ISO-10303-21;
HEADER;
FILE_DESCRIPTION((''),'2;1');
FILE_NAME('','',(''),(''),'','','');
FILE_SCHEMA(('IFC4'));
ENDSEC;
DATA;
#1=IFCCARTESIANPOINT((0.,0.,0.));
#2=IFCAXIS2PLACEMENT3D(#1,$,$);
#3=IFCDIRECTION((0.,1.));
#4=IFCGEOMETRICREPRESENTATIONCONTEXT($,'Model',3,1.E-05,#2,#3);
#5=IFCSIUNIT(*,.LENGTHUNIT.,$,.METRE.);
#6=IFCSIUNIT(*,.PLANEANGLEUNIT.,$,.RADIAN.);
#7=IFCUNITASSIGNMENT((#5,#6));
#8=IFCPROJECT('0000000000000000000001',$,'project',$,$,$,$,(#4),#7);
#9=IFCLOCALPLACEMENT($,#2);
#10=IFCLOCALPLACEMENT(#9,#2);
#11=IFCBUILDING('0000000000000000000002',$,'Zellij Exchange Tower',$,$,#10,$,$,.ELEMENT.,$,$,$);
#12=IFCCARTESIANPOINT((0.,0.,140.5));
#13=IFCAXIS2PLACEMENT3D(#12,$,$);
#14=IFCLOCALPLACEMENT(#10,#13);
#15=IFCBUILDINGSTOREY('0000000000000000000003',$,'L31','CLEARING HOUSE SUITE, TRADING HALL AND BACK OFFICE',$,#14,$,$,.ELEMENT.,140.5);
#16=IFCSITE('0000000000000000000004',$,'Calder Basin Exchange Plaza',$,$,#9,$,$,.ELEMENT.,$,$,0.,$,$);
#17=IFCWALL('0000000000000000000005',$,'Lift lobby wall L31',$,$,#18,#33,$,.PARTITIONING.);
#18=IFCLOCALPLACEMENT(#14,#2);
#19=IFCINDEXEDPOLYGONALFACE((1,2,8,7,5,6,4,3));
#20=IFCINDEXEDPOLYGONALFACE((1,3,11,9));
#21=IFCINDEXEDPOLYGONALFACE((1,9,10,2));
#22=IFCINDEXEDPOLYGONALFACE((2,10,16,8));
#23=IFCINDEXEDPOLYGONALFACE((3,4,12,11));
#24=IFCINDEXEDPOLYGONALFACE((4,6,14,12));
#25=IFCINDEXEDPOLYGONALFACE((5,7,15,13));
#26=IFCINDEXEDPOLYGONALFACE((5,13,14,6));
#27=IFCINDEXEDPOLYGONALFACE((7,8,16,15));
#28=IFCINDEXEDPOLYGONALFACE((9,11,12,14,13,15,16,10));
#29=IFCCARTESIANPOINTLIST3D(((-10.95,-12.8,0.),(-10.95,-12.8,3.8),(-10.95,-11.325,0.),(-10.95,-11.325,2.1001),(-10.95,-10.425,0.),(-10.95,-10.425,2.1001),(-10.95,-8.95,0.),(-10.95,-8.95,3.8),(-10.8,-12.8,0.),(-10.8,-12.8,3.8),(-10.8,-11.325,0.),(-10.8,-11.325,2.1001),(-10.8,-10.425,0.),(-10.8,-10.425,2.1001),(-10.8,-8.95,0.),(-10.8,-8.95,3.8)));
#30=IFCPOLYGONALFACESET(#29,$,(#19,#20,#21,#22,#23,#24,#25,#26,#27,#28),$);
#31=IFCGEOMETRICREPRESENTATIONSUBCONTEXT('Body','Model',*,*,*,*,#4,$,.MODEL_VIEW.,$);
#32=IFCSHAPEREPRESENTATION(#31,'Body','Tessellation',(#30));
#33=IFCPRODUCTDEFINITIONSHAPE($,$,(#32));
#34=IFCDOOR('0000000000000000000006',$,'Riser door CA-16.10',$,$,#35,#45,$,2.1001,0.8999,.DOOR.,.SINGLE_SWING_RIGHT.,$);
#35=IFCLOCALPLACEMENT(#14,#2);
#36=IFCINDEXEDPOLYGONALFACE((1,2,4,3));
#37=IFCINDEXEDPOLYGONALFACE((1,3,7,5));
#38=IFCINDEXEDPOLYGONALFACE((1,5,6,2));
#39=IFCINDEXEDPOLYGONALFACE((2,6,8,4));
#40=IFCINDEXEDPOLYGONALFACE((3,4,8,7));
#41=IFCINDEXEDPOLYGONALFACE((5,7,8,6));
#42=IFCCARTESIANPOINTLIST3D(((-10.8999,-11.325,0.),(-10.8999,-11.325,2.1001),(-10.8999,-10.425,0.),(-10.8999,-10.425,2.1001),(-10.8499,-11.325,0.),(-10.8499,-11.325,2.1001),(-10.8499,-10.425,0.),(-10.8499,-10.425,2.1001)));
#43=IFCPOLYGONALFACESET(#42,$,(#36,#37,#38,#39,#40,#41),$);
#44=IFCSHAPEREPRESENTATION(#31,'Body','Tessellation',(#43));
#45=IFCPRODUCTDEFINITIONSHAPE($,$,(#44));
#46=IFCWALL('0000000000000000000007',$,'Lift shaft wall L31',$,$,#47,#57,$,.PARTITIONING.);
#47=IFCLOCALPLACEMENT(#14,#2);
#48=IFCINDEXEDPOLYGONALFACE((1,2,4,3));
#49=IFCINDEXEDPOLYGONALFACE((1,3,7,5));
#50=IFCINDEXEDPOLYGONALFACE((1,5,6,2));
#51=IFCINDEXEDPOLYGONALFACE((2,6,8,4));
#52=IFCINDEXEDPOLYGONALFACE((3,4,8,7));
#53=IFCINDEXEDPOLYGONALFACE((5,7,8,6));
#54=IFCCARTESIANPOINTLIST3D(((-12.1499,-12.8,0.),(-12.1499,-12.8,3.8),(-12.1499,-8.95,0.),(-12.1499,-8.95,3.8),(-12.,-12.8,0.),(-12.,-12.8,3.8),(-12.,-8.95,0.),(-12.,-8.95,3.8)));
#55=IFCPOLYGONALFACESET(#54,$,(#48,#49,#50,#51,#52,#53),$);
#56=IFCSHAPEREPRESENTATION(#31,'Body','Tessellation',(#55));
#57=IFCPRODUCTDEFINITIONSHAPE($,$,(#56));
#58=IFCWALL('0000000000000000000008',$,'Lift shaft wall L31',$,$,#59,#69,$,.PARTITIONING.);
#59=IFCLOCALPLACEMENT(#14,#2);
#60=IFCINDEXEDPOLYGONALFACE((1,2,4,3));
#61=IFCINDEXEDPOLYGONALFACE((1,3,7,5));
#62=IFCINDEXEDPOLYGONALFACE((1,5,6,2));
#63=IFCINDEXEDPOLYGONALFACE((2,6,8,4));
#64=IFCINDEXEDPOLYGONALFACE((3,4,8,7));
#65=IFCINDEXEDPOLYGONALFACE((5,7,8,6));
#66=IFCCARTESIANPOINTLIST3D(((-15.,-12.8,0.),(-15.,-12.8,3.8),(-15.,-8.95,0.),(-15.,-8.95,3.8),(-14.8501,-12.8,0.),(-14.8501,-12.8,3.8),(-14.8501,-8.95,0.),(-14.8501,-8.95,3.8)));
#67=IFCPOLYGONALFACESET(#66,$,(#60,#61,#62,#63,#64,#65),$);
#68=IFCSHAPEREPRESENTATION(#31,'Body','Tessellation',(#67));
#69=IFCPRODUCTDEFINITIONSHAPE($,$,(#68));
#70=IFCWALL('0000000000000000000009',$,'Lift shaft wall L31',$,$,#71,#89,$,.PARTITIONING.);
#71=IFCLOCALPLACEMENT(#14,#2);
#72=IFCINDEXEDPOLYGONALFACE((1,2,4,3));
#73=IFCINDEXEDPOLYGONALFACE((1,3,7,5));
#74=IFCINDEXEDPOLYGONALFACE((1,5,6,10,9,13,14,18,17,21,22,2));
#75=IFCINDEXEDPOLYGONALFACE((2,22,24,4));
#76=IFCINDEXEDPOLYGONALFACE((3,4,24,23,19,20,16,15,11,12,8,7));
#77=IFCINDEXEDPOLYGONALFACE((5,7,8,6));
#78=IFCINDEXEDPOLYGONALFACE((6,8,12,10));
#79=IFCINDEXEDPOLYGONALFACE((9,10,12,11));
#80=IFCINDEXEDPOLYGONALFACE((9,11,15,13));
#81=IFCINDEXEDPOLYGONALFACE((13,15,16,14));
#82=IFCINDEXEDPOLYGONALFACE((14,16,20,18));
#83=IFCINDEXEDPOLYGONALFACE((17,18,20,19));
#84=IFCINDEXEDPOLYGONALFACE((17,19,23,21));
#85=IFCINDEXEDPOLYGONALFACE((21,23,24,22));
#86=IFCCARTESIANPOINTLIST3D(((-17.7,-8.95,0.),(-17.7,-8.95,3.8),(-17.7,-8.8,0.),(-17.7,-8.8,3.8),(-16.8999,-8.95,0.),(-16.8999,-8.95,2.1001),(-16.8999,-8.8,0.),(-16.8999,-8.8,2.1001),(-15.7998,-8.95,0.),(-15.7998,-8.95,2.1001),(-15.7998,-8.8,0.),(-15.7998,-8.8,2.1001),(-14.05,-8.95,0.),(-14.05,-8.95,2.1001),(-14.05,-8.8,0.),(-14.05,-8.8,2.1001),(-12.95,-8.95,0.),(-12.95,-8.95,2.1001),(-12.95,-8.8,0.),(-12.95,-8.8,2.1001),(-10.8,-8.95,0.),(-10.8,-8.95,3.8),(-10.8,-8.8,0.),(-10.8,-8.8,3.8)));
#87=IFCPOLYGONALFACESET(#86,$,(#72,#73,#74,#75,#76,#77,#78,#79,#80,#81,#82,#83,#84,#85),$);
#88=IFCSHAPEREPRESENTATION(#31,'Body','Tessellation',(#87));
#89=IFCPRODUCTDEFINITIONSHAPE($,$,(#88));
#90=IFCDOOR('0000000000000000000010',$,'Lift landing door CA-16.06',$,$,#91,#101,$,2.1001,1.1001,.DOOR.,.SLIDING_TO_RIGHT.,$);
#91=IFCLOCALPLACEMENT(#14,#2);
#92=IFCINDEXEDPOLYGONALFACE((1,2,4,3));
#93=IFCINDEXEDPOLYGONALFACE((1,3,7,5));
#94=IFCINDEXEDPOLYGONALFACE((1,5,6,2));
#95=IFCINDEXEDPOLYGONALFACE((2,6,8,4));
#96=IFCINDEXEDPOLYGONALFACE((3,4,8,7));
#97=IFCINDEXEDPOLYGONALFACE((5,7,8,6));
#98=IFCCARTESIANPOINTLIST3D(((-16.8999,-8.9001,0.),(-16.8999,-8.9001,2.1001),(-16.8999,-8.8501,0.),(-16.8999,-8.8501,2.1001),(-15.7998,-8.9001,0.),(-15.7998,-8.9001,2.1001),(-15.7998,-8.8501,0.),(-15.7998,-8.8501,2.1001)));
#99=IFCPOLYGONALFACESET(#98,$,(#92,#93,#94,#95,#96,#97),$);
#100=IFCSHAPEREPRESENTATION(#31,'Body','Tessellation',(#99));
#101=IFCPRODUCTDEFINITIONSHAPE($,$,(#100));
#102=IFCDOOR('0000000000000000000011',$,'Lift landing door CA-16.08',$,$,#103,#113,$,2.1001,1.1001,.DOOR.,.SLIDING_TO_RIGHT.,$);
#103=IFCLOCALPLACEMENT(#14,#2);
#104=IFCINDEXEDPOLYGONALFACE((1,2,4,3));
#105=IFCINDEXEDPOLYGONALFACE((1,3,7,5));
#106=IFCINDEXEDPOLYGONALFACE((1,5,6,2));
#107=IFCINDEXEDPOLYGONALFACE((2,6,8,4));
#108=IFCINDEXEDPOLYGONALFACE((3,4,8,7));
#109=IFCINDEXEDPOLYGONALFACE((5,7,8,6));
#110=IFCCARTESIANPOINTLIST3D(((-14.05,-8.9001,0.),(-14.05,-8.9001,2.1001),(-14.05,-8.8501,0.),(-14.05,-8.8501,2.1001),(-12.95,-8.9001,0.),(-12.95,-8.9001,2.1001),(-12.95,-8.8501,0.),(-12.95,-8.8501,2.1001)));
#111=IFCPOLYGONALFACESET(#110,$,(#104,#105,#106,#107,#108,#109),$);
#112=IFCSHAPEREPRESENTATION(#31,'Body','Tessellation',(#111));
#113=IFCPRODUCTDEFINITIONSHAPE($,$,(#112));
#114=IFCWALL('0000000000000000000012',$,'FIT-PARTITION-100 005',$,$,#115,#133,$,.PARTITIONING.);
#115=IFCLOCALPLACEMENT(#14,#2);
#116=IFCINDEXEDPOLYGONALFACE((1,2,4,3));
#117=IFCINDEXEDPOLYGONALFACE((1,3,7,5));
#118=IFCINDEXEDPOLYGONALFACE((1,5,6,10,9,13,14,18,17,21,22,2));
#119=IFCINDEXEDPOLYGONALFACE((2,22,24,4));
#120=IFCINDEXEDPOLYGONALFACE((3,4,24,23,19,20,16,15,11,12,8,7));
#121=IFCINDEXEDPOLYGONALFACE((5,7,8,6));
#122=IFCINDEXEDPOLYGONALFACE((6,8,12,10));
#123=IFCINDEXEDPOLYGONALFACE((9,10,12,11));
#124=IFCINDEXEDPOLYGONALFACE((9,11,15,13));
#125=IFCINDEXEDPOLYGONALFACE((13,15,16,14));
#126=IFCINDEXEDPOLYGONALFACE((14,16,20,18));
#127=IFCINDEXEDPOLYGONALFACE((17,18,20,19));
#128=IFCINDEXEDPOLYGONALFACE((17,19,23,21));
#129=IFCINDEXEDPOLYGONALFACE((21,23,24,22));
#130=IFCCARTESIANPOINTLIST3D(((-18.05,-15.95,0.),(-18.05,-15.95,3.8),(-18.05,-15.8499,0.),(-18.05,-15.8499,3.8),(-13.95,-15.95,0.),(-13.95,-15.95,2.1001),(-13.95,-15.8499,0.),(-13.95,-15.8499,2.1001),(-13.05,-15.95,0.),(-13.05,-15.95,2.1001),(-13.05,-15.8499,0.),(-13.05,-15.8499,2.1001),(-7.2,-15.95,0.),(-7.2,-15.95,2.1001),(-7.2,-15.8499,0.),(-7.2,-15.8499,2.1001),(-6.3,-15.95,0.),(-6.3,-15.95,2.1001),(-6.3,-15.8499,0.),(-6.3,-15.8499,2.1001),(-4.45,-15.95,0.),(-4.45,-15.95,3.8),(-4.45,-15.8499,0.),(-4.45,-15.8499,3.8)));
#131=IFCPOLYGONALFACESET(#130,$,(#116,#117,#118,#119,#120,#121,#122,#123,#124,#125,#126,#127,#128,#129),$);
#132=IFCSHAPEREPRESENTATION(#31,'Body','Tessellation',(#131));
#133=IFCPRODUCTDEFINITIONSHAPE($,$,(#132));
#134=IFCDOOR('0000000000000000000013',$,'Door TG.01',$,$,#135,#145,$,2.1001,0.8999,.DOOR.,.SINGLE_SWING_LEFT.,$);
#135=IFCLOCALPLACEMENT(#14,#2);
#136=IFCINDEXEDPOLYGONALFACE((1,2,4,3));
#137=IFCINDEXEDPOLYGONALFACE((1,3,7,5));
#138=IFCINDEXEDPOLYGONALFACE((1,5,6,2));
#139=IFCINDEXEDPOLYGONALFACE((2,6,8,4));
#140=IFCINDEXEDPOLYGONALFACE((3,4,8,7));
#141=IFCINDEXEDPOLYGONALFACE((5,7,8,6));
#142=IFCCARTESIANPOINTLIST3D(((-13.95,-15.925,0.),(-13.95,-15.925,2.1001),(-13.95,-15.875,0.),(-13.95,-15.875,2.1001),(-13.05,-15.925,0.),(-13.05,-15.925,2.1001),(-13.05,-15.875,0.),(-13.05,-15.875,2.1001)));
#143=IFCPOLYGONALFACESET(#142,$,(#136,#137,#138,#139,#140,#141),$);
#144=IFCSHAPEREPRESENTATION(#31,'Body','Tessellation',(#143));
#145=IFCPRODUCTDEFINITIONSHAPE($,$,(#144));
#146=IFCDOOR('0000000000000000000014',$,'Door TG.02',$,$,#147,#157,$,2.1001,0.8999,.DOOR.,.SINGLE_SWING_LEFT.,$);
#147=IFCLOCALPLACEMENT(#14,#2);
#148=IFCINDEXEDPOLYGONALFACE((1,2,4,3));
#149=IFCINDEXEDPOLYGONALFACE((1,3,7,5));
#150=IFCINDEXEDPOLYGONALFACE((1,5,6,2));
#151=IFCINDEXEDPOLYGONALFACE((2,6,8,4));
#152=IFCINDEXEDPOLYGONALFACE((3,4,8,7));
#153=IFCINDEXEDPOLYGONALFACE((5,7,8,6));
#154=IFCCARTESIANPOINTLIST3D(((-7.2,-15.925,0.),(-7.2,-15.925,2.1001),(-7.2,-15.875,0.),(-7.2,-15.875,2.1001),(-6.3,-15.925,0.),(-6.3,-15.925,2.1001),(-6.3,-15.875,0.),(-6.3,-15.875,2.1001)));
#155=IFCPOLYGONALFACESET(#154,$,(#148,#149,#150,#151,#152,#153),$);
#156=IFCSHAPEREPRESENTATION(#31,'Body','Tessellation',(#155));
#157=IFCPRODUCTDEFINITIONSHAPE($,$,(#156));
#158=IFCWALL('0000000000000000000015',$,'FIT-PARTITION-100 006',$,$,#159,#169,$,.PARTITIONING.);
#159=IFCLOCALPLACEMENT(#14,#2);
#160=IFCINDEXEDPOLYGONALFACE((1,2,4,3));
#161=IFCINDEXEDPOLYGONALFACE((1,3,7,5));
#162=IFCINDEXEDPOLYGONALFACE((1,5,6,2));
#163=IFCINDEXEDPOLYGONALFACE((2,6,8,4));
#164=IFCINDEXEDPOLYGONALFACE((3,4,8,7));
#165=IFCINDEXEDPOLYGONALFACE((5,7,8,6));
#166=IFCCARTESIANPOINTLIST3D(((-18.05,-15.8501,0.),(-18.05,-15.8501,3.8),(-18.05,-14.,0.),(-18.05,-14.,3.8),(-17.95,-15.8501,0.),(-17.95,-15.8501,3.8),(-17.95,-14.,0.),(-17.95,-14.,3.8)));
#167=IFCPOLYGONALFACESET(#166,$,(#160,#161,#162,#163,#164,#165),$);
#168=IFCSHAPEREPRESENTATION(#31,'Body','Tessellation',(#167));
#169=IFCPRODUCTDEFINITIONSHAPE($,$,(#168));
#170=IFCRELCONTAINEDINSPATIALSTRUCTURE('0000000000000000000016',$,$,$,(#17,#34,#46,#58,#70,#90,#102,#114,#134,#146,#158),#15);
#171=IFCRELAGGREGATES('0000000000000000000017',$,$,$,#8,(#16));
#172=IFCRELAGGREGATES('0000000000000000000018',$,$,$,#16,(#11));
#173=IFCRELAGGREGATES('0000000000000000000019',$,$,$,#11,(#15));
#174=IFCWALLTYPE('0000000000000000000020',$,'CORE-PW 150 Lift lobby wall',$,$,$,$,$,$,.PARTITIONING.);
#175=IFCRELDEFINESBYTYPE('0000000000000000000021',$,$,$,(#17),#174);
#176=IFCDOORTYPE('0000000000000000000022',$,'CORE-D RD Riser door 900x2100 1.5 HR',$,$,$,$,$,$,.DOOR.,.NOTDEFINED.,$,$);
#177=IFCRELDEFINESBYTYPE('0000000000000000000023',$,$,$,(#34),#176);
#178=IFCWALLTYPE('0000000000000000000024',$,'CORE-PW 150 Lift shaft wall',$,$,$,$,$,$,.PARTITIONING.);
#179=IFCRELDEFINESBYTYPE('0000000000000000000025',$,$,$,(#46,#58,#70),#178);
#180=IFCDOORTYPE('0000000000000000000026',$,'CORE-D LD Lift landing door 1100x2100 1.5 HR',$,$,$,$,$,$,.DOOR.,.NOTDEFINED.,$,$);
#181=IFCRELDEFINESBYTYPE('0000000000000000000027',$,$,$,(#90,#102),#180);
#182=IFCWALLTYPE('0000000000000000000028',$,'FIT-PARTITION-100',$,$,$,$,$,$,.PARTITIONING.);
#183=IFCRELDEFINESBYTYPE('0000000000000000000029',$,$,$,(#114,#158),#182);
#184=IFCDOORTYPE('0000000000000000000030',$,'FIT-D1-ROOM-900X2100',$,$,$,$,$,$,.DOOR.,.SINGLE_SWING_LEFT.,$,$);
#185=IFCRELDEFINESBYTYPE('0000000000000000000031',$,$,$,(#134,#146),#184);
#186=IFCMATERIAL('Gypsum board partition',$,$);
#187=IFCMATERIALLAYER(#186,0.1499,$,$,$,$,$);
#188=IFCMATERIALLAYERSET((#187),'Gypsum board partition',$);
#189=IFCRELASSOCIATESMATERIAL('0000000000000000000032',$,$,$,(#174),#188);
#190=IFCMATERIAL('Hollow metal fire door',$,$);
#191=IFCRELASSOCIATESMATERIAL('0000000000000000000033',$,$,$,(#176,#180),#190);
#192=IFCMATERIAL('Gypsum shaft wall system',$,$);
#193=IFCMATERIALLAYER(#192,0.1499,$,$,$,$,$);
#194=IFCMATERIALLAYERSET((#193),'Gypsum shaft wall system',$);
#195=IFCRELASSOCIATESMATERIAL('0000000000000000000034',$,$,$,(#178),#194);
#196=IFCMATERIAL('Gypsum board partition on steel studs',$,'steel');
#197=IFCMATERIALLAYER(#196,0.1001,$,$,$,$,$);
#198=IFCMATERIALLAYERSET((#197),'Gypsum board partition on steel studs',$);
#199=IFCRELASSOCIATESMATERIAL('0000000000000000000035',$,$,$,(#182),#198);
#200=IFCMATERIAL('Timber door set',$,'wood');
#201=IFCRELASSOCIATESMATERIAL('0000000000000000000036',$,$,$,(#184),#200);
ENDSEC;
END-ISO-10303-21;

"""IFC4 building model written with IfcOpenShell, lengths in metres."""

from ifc_helpers import new_model, si_unit, direction, frame, frame_2d, origin, place, context, subcontext, project, spatial, rectangle, extrude, material, layer, layer_set, type_object, element, fill, save


model = new_model("IFC4")

# Units and contexts
model_context = context("Model", 3, precision=1e-05, world=origin(), true_north=direction((0.0, 1.0)))
body_context = subcontext(model_context, "Body", "Model", "MODEL_VIEW")
ifc_project = project(units=[si_unit("LENGTHUNIT", "METRE"), si_unit("PLANEANGLEUNIT", "RADIAN")], contexts=[model_context])

# Site, building, storey
site_placement = place(None, origin())
site = spatial("IfcSite", under=ifc_project, at=site_placement, Name="Calder Basin Exchange Plaza", CompositionType="ELEMENT", RefElevation=0.0)
building_placement = place(site_placement, origin())
building = spatial("IfcBuilding", under=site, at=building_placement, Name="Zellij Exchange Tower", CompositionType="ELEMENT")
storey_placement = place(building_placement, frame((0.0, 0.0, 140.5)))
storey = spatial("IfcBuildingStorey", under=building, at=storey_placement, Name="L31", Description="CLEARING HOUSE SUITE, TRADING HALL AND BACK OFFICE", CompositionType="ELEMENT", Elevation=140.5)

# Wall, opening, door
ifc_material_1 = material(Name="Gypsum board partition")
ifc_layer_1 = layer(ifc_material_1, 0.1499)
ifc_layer_set_1 = layer_set([ifc_layer_1], Name="Gypsum board partition")
wall_type_1 = type_object("IfcWallType", Name="CORE-PW 150 Lift lobby wall", PredefinedType="PARTITIONING", material=ifc_layer_set_1)
wall_1_placement = place(storey_placement, frame((-10.875, -12.8, 0.0), z_axis=(0.0, 0.0, 1.0), x_axis=(0.0, 1.0, 0.0)))
wall_1 = element("IfcWall", 1, at=wall_1_placement, inside=storey, type_object=wall_type_1, Name="Lift lobby wall L31", PredefinedType="PARTITIONING", context=body_context, shape_type="SweptSolid", body=[
    extrude(rectangle(XDim=3.8501, YDim=0.1499, at=frame_2d((1.925, 0.0))), origin(), (0.0, 0.0, 1.0), 3.8),
])
opening_1_placement = place(wall_1_placement, frame((1.4751, 0.0, 0.0)))
opening_1 = element("IfcOpeningElement", 2, at=opening_1_placement, cuts=wall_1, PredefinedType="OPENING", context=body_context, shape_type="SweptSolid", body=[
    extrude(rectangle(XDim=0.8999, YDim=2.1001, at=frame_2d((0.45, 1.05))), frame((0.0, 0.0869, 0.0), z_axis=(0.0, -1.0, 0.0), x_axis=(1.0, 0.0, 0.0)), (0.0, 0.0, 1.0), 0.1738),
])
ifc_material_2 = material(Name="Hollow metal fire door")
door_type_1 = type_object("IfcDoorType", Name="CORE-D RD Riser door 900x2100 1.5 HR", OperationType="NOTDEFINED", PredefinedType="DOOR", material=ifc_material_2)
door_1_placement = place(opening_1_placement, origin())
door_1 = element("IfcDoor", 3, at=door_1_placement, inside=storey, type_object=door_type_1, Name="Riser door CA-16.10", OperationType="SINGLE_SWING_RIGHT", OverallHeight=2.1001, OverallWidth=0.8999, PredefinedType="DOOR", context=body_context, shape_type="SweptSolid", body=[
    extrude(rectangle(XDim=0.8999, YDim=2.1001, at=frame_2d((0.45, 1.05))), frame((0.0, 0.0249, 0.0), z_axis=(0.0, -1.0, 0.0), x_axis=(1.0, 0.0, 0.0)), (0.0, 0.0, 1.0), 0.05),
])
fill(opening_1, door_1)

# Walls
ifc_material_3 = material(Name="Gypsum shaft wall system")
ifc_layer_2 = layer(ifc_material_3, 0.1499)
ifc_layer_set_2 = layer_set([ifc_layer_2], Name="Gypsum shaft wall system")
wall_type_2 = type_object("IfcWallType", Name="CORE-PW 150 Lift shaft wall", PredefinedType="PARTITIONING", material=ifc_layer_set_2)
for number, where, z_axis, x_axis, name in (
    (4, (-12.075, -12.8, 0.0), (0.0, 0.0, 1.0), (0.0, 1.0, 0.0), "Lift shaft wall L31"),
    (5, (-14.925, -12.8, 0.0), (0.0, 0.0, 1.0), (0.0, 1.0, 0.0), "Lift shaft wall L31"),
):
    element("IfcWall", number, at=place(storey_placement, frame(where, z_axis=z_axis, x_axis=x_axis)), inside=storey, type_object=wall_type_2, Name=name, PredefinedType="PARTITIONING", context=body_context, shape_type="SweptSolid", body=[
        extrude(rectangle(XDim=3.8501, YDim=0.1499, at=frame_2d((1.925, 0.0))), origin(), (0.0, 0.0, 1.0), 3.8),
    ])

# Walls, openings, doors
wall_2_placement = place(storey_placement, frame((-17.7, -8.875, 0.0), z_axis=(0.0, 0.0, 1.0), x_axis=(1.0, 0.0, 0.0)))
wall_2 = element("IfcWall", 6, at=wall_2_placement, inside=storey, type_object=wall_type_2, Name="Lift shaft wall L31", PredefinedType="PARTITIONING", context=body_context, shape_type="SweptSolid", body=[
    extrude(rectangle(XDim=6.8999, YDim=0.1499, at=frame_2d((3.45, 0.0))), origin(), (0.0, 0.0, 1.0), 3.8),
])
opening_2_placement = place(wall_2_placement, frame((0.8, 0.0, 0.0)))
opening_2 = element("IfcOpeningElement", 7, at=opening_2_placement, cuts=wall_2, PredefinedType="OPENING", context=body_context, shape_type="SweptSolid", body=[
    extrude(rectangle(XDim=1.1001, YDim=2.1001, at=frame_2d((0.55, 1.05))), frame((0.0, 0.0869, 0.0), z_axis=(0.0, -1.0, 0.0), x_axis=(1.0, 0.0, 0.0)), (0.0, 0.0, 1.0), 0.1738),
])
opening_3_placement = place(wall_2_placement, frame((3.6499, 0.0, 0.0)))
opening_3 = element("IfcOpeningElement", 8, at=opening_3_placement, cuts=wall_2, PredefinedType="OPENING", context=body_context, shape_type="SweptSolid", body=[
    extrude(rectangle(XDim=1.1001, YDim=2.1001, at=frame_2d((0.55, 1.05))), frame((0.0, 0.0869, 0.0), z_axis=(0.0, -1.0, 0.0), x_axis=(1.0, 0.0, 0.0)), (0.0, 0.0, 1.0), 0.1738),
])
door_type_2 = type_object("IfcDoorType", Name="CORE-D LD Lift landing door 1100x2100 1.5 HR", OperationType="NOTDEFINED", PredefinedType="DOOR", material=ifc_material_2)
door_2_placement = place(opening_2_placement, origin())
door_2 = element("IfcDoor", 9, at=door_2_placement, inside=storey, type_object=door_type_2, Name="Lift landing door CA-16.06", OperationType="SLIDING_TO_RIGHT", OverallHeight=2.1001, OverallWidth=1.1001, PredefinedType="DOOR", context=body_context, shape_type="SweptSolid", body=[
    extrude(rectangle(XDim=1.1001, YDim=2.1001, at=frame_2d((0.55, 1.05))), frame((0.0, 0.0249, 0.0), z_axis=(0.0, -1.0, 0.0), x_axis=(1.0, 0.0, 0.0)), (0.0, 0.0, 1.0), 0.05),
])
fill(opening_2, door_2)
door_3_placement = place(opening_3_placement, origin())
door_3 = element("IfcDoor", 10, at=door_3_placement, inside=storey, type_object=door_type_2, Name="Lift landing door CA-16.08", OperationType="SLIDING_TO_RIGHT", OverallHeight=2.1001, OverallWidth=1.1001, PredefinedType="DOOR", context=body_context, shape_type="SweptSolid", body=[
    extrude(rectangle(XDim=1.1001, YDim=2.1001, at=frame_2d((0.55, 1.05))), frame((0.0, 0.0249, 0.0), z_axis=(0.0, -1.0, 0.0), x_axis=(1.0, 0.0, 0.0)), (0.0, 0.0, 1.0), 0.05),
])
fill(opening_3, door_3)
ifc_material_4 = material(Name="Gypsum board partition on steel studs", Category="steel")
ifc_layer_3 = layer(ifc_material_4, 0.1001)
ifc_layer_set_3 = layer_set([ifc_layer_3], Name="Gypsum board partition on steel studs")
wall_type_3 = type_object("IfcWallType", Name="FIT-PARTITION-100", PredefinedType="PARTITIONING", material=ifc_layer_set_3)
wall_3_placement = place(storey_placement, frame((-18.05, -15.8999, 0.0), z_axis=(0.0, 0.0, 1.0), x_axis=(1.0, 0.0, 0.0)))
wall_3 = element("IfcWall", 11, at=wall_3_placement, inside=storey, type_object=wall_type_3, Name="FIT-PARTITION-100 005", PredefinedType="PARTITIONING", context=body_context, shape_type="SweptSolid", body=[
    extrude(rectangle(XDim=13.6001, YDim=0.1001, at=frame_2d((6.8, 0.0))), origin(), (0.0, 0.0, 1.0), 3.8),
])
opening_4_placement = place(wall_3_placement, frame((4.1001, 0.0, 0.0)))
opening_4 = element("IfcOpeningElement", 12, at=opening_4_placement, cuts=wall_3, PredefinedType="OPENING", context=body_context, shape_type="SweptSolid", body=[
    extrude(rectangle(XDim=0.8999, YDim=2.1001, at=frame_2d((0.45, 1.05))), frame((0.0, 0.062, 0.0), z_axis=(0.0, -1.0, 0.0), x_axis=(1.0, 0.0, 0.0)), (0.0, 0.0, 1.0), 0.124),
])
opening_5_placement = place(wall_3_placement, frame((10.8501, 0.0, 0.0)))
opening_5 = element("IfcOpeningElement", 13, at=opening_5_placement, cuts=wall_3, PredefinedType="OPENING", context=body_context, shape_type="SweptSolid", body=[
    extrude(rectangle(XDim=0.8999, YDim=2.1001, at=frame_2d((0.45, 1.05))), frame((0.0, 0.062, 0.0), z_axis=(0.0, -1.0, 0.0), x_axis=(1.0, 0.0, 0.0)), (0.0, 0.0, 1.0), 0.124),
])
ifc_material_5 = material(Name="Timber door set", Category="wood")
door_type_3 = type_object("IfcDoorType", Name="FIT-D1-ROOM-900X2100", OperationType="SINGLE_SWING_LEFT", PredefinedType="DOOR", material=ifc_material_5)
door_4_placement = place(opening_4_placement, origin())
door_4 = element("IfcDoor", 14, at=door_4_placement, inside=storey, type_object=door_type_3, Name="Door TG.01", OperationType="SINGLE_SWING_LEFT", OverallHeight=2.1001, OverallWidth=0.8999, PredefinedType="DOOR", context=body_context, shape_type="SweptSolid", body=[
    extrude(rectangle(XDim=0.8999, YDim=2.1001, at=frame_2d((0.45, 1.05))), frame((0.0, 0.0249, 0.0), z_axis=(0.0, -1.0, 0.0), x_axis=(1.0, 0.0, 0.0)), (0.0, 0.0, 1.0), 0.05),
])
fill(opening_4, door_4)
door_5_placement = place(opening_5_placement, origin())
door_5 = element("IfcDoor", 15, at=door_5_placement, inside=storey, type_object=door_type_3, Name="Door TG.02", OperationType="SINGLE_SWING_LEFT", OverallHeight=2.1001, OverallWidth=0.8999, PredefinedType="DOOR", context=body_context, shape_type="SweptSolid", body=[
    extrude(rectangle(XDim=0.8999, YDim=2.1001, at=frame_2d((0.45, 1.05))), frame((0.0, 0.0249, 0.0), z_axis=(0.0, -1.0, 0.0), x_axis=(1.0, 0.0, 0.0)), (0.0, 0.0, 1.0), 0.05),
])
fill(opening_5, door_5)

# Wall
wall_4_placement = place(storey_placement, frame((-18.0, -15.8501, 0.0), z_axis=(0.0, 0.0, 1.0), x_axis=(0.0, 1.0, 0.0)))
element("IfcWall", 16, at=wall_4_placement, inside=storey, type_object=wall_type_3, Name="FIT-PARTITION-100 006", PredefinedType="PARTITIONING", context=body_context, shape_type="SweptSolid", body=[
    extrude(rectangle(XDim=1.8501, YDim=0.1001, at=frame_2d((0.925, 0.0))), origin(), (0.0, 0.0, 1.0), 3.8),
])

save(model, "model.ifc")
